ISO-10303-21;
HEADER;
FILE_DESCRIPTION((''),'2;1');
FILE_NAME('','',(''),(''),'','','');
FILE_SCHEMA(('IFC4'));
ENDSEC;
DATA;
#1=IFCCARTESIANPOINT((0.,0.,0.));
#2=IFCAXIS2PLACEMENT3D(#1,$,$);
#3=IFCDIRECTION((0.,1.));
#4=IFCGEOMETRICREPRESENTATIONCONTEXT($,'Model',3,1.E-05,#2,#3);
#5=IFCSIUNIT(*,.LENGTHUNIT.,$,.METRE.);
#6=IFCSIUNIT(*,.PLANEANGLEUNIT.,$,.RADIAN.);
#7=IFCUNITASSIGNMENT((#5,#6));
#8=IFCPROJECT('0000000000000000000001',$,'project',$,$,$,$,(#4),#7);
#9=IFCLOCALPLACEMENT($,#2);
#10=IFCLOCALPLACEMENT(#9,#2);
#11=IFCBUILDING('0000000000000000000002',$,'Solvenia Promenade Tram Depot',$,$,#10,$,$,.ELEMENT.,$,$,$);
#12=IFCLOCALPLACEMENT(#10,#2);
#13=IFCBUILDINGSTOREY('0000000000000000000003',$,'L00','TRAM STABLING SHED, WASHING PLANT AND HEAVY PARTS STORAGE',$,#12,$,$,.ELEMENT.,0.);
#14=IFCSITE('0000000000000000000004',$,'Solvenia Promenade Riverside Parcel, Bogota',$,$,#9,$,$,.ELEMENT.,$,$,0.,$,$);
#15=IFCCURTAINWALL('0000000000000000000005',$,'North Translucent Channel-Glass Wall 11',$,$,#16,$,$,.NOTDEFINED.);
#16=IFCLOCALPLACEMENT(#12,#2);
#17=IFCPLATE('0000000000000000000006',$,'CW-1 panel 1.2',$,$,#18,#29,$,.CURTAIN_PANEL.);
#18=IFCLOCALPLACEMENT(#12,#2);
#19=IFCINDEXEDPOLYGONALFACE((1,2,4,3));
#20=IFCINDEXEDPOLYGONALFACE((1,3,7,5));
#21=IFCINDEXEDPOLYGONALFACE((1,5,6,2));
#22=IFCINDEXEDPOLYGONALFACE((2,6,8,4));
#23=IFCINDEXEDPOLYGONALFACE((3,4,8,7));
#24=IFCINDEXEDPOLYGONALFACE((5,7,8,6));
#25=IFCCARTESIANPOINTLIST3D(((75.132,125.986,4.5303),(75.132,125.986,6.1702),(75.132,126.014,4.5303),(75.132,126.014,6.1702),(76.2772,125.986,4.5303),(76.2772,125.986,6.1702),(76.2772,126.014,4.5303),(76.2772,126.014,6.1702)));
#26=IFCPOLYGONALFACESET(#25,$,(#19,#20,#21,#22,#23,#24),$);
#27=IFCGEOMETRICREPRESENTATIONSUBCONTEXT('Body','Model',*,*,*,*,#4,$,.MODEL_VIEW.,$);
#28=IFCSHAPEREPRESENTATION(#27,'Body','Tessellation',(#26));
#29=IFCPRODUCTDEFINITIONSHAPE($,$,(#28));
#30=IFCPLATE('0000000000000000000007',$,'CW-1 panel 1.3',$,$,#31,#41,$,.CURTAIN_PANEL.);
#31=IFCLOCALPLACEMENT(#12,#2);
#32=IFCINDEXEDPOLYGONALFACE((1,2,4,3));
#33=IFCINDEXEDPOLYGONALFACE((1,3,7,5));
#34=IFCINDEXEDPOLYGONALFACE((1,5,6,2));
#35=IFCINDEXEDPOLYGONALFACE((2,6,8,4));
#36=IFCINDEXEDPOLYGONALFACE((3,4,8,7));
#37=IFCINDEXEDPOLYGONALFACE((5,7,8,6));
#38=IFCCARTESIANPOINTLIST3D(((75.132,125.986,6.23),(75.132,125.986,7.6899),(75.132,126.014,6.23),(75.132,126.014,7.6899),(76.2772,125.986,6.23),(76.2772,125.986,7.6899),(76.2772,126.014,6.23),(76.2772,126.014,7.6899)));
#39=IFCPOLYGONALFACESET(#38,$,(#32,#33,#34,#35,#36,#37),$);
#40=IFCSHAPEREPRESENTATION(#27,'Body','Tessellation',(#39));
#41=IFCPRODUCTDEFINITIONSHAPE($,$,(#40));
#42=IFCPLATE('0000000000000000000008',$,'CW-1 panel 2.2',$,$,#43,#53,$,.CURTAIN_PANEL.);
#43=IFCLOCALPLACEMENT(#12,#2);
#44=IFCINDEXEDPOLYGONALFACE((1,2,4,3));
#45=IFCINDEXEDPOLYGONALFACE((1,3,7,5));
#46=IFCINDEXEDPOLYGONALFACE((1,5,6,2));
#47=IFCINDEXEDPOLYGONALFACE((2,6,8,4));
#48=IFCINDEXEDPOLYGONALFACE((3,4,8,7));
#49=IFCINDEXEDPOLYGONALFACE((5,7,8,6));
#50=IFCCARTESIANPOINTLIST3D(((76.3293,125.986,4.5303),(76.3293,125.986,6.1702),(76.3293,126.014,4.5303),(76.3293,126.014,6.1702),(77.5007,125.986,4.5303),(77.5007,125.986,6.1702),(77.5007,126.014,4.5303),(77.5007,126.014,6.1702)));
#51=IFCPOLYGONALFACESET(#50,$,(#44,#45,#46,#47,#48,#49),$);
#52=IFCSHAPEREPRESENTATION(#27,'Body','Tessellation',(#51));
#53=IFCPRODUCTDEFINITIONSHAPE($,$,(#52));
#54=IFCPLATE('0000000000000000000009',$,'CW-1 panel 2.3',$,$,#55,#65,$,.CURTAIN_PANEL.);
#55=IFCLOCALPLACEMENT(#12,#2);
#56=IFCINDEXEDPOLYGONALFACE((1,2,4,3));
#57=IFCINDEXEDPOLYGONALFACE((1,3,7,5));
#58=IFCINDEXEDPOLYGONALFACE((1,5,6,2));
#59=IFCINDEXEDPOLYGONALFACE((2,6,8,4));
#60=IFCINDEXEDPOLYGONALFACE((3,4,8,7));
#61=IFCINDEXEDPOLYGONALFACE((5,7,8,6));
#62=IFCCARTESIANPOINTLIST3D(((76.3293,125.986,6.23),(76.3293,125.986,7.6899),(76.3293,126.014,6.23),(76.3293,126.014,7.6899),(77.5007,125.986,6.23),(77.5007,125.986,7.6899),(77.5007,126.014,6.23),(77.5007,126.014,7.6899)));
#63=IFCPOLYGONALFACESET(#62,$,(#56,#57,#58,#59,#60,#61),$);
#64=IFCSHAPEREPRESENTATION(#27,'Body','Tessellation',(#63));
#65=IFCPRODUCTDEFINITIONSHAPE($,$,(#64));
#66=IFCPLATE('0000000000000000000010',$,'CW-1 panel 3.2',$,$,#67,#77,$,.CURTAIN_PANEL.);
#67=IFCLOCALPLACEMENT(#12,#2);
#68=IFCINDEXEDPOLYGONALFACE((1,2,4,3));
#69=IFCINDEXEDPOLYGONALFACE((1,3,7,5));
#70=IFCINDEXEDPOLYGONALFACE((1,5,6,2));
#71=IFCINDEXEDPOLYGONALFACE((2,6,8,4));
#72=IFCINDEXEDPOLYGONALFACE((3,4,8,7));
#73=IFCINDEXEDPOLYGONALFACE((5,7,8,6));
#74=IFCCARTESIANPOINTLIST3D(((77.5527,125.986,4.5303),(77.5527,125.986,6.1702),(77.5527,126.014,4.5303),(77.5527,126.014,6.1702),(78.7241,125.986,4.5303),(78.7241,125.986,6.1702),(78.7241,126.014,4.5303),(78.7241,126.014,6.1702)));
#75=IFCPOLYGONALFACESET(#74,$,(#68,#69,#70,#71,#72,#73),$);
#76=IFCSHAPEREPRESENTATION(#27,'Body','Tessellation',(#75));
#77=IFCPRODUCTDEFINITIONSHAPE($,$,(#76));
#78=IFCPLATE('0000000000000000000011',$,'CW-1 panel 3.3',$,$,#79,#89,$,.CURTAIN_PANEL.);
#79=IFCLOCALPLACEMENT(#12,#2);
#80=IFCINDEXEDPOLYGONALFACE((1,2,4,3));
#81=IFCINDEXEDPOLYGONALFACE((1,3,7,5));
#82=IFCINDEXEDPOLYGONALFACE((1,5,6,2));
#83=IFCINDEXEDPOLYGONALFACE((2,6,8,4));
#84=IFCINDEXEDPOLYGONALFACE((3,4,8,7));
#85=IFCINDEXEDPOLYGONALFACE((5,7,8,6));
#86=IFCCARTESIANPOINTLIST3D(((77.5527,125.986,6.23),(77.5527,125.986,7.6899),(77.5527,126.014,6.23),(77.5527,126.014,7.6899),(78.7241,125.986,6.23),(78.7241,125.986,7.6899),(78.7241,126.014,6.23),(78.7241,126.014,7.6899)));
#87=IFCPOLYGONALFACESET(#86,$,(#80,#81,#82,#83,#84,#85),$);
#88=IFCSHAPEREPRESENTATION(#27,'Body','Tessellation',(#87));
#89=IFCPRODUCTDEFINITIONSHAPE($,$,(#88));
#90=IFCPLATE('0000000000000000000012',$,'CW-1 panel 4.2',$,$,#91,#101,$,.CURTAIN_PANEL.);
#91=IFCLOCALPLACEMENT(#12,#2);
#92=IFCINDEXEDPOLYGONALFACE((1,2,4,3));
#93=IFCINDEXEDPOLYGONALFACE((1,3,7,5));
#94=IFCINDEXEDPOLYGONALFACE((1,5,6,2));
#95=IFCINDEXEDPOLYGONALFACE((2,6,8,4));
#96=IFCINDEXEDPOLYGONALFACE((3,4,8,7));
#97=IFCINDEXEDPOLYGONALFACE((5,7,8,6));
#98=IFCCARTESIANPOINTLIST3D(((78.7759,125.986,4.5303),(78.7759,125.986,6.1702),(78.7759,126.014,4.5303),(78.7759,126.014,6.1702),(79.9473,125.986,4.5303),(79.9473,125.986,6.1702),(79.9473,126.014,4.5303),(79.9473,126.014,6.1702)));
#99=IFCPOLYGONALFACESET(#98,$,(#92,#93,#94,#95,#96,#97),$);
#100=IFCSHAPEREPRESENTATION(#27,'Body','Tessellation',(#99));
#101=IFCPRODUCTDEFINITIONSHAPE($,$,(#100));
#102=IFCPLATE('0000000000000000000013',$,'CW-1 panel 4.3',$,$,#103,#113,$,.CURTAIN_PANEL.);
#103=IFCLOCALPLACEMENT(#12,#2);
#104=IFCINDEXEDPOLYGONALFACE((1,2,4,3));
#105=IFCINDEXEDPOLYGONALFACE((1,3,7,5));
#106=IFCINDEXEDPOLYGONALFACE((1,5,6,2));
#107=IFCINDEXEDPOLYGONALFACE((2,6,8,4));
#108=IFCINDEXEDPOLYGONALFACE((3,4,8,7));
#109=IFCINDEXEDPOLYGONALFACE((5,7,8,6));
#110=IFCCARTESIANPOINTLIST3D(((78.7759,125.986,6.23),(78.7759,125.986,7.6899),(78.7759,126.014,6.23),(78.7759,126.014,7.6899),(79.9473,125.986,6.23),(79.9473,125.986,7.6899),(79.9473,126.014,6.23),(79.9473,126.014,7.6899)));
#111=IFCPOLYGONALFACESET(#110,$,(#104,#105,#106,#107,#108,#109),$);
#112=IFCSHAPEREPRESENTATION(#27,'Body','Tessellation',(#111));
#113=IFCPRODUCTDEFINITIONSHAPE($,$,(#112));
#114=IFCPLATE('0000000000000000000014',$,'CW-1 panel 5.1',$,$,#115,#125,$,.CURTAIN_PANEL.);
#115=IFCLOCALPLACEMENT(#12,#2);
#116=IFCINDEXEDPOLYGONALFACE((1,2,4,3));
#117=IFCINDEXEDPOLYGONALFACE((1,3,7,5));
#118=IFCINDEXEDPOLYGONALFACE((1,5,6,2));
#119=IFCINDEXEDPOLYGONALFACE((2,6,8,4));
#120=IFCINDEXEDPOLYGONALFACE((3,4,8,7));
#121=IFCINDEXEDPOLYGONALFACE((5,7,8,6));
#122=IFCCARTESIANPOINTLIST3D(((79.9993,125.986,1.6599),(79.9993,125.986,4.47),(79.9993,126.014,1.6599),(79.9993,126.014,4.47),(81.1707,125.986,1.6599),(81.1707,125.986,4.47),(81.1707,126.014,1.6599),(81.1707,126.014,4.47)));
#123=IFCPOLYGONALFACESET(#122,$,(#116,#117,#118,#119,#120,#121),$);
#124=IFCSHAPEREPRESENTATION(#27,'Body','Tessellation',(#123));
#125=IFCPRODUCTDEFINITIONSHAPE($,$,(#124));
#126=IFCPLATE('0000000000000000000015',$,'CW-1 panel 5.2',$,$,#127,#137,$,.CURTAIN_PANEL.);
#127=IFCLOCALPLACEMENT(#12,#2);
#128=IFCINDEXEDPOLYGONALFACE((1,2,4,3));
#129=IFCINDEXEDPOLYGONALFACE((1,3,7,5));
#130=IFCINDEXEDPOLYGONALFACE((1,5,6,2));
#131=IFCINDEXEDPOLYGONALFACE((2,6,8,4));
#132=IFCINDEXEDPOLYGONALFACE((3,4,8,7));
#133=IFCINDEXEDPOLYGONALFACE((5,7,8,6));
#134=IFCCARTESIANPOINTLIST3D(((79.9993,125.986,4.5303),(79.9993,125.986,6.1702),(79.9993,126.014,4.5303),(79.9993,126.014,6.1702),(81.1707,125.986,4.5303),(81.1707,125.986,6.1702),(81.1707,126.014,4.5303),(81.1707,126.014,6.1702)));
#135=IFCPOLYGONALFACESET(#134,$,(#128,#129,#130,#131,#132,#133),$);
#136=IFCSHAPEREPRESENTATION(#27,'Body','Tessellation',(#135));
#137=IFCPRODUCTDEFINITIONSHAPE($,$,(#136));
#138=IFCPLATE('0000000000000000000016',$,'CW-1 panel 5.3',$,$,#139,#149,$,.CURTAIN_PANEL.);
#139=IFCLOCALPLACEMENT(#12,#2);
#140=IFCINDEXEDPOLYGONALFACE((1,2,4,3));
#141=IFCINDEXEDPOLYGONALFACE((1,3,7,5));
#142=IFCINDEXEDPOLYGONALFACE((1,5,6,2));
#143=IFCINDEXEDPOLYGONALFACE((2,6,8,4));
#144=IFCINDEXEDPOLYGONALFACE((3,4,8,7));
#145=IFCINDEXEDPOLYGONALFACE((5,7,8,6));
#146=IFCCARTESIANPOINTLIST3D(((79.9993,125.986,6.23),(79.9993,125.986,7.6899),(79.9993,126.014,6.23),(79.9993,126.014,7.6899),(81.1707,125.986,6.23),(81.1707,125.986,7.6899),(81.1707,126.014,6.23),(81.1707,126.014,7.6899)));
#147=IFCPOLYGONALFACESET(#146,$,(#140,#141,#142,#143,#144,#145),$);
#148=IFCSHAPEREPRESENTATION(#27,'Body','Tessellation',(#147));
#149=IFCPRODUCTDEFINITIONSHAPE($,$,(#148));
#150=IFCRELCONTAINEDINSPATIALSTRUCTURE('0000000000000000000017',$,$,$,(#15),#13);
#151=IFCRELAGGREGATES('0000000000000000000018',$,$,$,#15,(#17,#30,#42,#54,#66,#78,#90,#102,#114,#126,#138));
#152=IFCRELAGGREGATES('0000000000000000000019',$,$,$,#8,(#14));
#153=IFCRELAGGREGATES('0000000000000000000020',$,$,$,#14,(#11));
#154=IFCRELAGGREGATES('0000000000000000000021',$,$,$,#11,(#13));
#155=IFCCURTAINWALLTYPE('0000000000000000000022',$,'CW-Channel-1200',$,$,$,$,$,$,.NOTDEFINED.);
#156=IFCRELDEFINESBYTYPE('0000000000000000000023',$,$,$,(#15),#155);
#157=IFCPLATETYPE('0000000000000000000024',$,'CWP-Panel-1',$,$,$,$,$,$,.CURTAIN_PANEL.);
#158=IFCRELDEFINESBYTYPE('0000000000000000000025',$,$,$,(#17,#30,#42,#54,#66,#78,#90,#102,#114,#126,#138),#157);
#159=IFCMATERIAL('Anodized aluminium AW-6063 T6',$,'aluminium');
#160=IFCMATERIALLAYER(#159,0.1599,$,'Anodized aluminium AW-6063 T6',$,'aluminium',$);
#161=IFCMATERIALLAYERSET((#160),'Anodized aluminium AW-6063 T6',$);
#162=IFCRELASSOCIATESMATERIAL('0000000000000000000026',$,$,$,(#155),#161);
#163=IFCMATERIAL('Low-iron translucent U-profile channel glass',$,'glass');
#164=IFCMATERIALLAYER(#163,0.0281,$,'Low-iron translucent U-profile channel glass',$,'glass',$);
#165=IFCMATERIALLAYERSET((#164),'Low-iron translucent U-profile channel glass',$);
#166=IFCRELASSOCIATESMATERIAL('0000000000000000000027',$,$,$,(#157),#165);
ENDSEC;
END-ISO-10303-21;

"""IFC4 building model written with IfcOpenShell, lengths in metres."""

from ifc_helpers import new_model, si_unit, direction, frame, origin, origin_2d, place, context, subcontext, project, spatial, rectangle, extrude, material, layer, layer_set, type_object, element, aggregate, save


model = new_model("IFC4")

# Units and contexts
model_context = context("Model", 3, precision=1e-05, world=origin(), true_north=direction((0.0, 1.0)))
body_context = subcontext(model_context, "Body", "Model", "MODEL_VIEW")
ifc_project = project(units=[si_unit("LENGTHUNIT", "METRE"), si_unit("PLANEANGLEUNIT", "RADIAN")], contexts=[model_context])

# Site, building, storey
site_placement = place(None, origin())
site = spatial("IfcSite", under=ifc_project, at=site_placement, Name="Solvenia Promenade Riverside Parcel, Bogota", CompositionType="ELEMENT", RefElevation=0.0)
building_placement = place(site_placement, origin())
building = spatial("IfcBuilding", under=site, at=building_placement, Name="Solvenia Promenade Tram Depot", CompositionType="ELEMENT")
storey_placement = place(building_placement, origin())
storey = spatial("IfcBuildingStorey", under=building, at=storey_placement, Name="L00", Description="TRAM STABLING SHED, WASHING PLANT AND HEAVY PARTS STORAGE", CompositionType="ELEMENT", Elevation=0.0)

# Curtain wall
ifc_material_1 = material(Name="Anodized aluminium AW-6063 T6", Category="aluminium")
ifc_layer_1 = layer(ifc_material_1, 0.1599, Name="Anodized aluminium AW-6063 T6", Category="aluminium")
ifc_layer_set_1 = layer_set([ifc_layer_1], Name="Anodized aluminium AW-6063 T6")
curtain_wall_type = type_object("IfcCurtainWallType", Name="CW-Channel-1200", PredefinedType="NOTDEFINED", material=ifc_layer_set_1)
curtain_wall_1_placement = place(storey_placement, origin())
curtain_wall_1 = element("IfcCurtainWall", 1, at=curtain_wall_1_placement, inside=storey, type_object=curtain_wall_type, Name="North Translucent Channel-Glass Wall 11", PredefinedType="NOTDEFINED")

# Plates
ifc_material_2 = material(Name="Low-iron translucent U-profile channel glass", Category="glass")
ifc_layer_2 = layer(ifc_material_2, 0.0281, Name="Low-iron translucent U-profile channel glass", Category="glass")
ifc_layer_set_2 = layer_set([ifc_layer_2], Name="Low-iron translucent U-profile channel glass")
plate_type = type_object("IfcPlateType", Name="CWP-Panel-1", PredefinedType="CURTAIN_PANEL", material=ifc_layer_set_2)
plate_1_placement = place(storey_placement, frame((75.7046, 126.0, 4.5303), z_axis=(0.0, 0.0, 1.0), x_axis=(1.0, 0.0, 0.0)))
plate_1 = element("IfcPlate", 2, at=plate_1_placement, type_object=plate_type, Name="CW-1 panel 1.2", PredefinedType="CURTAIN_PANEL", context=body_context, shape_type="SweptSolid", body=[
    extrude(rectangle(XDim=1.1453, YDim=0.0281, at=origin_2d()), origin(), (0.0, 0.0, 1.0), 1.6399),
])
plate_2_placement = place(storey_placement, frame((75.7046, 126.0, 6.23), z_axis=(0.0, 0.0, 1.0), x_axis=(1.0, 0.0, 0.0)))
plate_2 = element("IfcPlate", 3, at=plate_2_placement, type_object=plate_type, Name="CW-1 panel 1.3", PredefinedType="CURTAIN_PANEL", context=body_context, shape_type="SweptSolid", body=[
    extrude(rectangle(XDim=1.1453, YDim=0.0281, at=origin_2d()), origin(), (0.0, 0.0, 1.0), 1.46),
])
plate_3_placement = place(storey_placement, frame((76.915, 126.0, 4.5303), z_axis=(0.0, 0.0, 1.0), x_axis=(1.0, 0.0, 0.0)))
plate_3 = element("IfcPlate", 4, at=plate_3_placement, type_object=plate_type, Name="CW-1 panel 2.2", PredefinedType="CURTAIN_PANEL", context=body_context, shape_type="SweptSolid", body=[
    extrude(rectangle(XDim=1.1714, YDim=0.0281, at=origin_2d()), origin(), (0.0, 0.0, 1.0), 1.6399),
])
plate_4_placement = place(storey_placement, frame((76.915, 126.0, 6.23), z_axis=(0.0, 0.0, 1.0), x_axis=(1.0, 0.0, 0.0)))
plate_4 = element("IfcPlate", 5, at=plate_4_placement, type_object=plate_type, Name="CW-1 panel 2.3", PredefinedType="CURTAIN_PANEL", context=body_context, shape_type="SweptSolid", body=[
    extrude(rectangle(XDim=1.1714, YDim=0.0281, at=origin_2d()), origin(), (0.0, 0.0, 1.0), 1.46),
])
plate_5_placement = place(storey_placement, frame((78.1384, 126.0, 4.5303), z_axis=(0.0, 0.0, 1.0), x_axis=(1.0, 0.0, 0.0)))
plate_5 = element("IfcPlate", 6, at=plate_5_placement, type_object=plate_type, Name="CW-1 panel 3.2", PredefinedType="CURTAIN_PANEL", context=body_context, shape_type="SweptSolid", body=[
    extrude(rectangle(XDim=1.1714, YDim=0.0281, at=origin_2d()), origin(), (0.0, 0.0, 1.0), 1.6399),
])
plate_6_placement = place(storey_placement, frame((78.1384, 126.0, 6.23), z_axis=(0.0, 0.0, 1.0), x_axis=(1.0, 0.0, 0.0)))
plate_6 = element("IfcPlate", 7, at=plate_6_placement, type_object=plate_type, Name="CW-1 panel 3.3", PredefinedType="CURTAIN_PANEL", context=body_context, shape_type="SweptSolid", body=[
    extrude(rectangle(XDim=1.1714, YDim=0.0281, at=origin_2d()), origin(), (0.0, 0.0, 1.0), 1.46),
])
plate_7_placement = place(storey_placement, frame((79.3616, 126.0, 4.5303), z_axis=(0.0, 0.0, 1.0), x_axis=(1.0, 0.0, 0.0)))
plate_7 = element("IfcPlate", 8, at=plate_7_placement, type_object=plate_type, Name="CW-1 panel 4.2", PredefinedType="CURTAIN_PANEL", context=body_context, shape_type="SweptSolid", body=[
    extrude(rectangle(XDim=1.1714, YDim=0.0281, at=origin_2d()), origin(), (0.0, 0.0, 1.0), 1.6399),
])
plate_8_placement = place(storey_placement, frame((79.3616, 126.0, 6.23), z_axis=(0.0, 0.0, 1.0), x_axis=(1.0, 0.0, 0.0)))
plate_8 = element("IfcPlate", 9, at=plate_8_placement, type_object=plate_type, Name="CW-1 panel 4.3", PredefinedType="CURTAIN_PANEL", context=body_context, shape_type="SweptSolid", body=[
    extrude(rectangle(XDim=1.1714, YDim=0.0281, at=origin_2d()), origin(), (0.0, 0.0, 1.0), 1.46),
])
plate_9_placement = place(storey_placement, frame((80.585, 126.0, 1.6599), z_axis=(0.0, 0.0, 1.0), x_axis=(1.0, 0.0, 0.0)))
plate_9 = element("IfcPlate", 10, at=plate_9_placement, type_object=plate_type, Name="CW-1 panel 5.1", PredefinedType="CURTAIN_PANEL", context=body_context, shape_type="SweptSolid", body=[
    extrude(rectangle(XDim=1.1714, YDim=0.0281, at=origin_2d()), origin(), (0.0, 0.0, 1.0), 2.8101),
])
plate_10_placement = place(storey_placement, frame((80.585, 126.0, 4.5303), z_axis=(0.0, 0.0, 1.0), x_axis=(1.0, 0.0, 0.0)))
plate_10 = element("IfcPlate", 11, at=plate_10_placement, type_object=plate_type, Name="CW-1 panel 5.2", PredefinedType="CURTAIN_PANEL", context=body_context, shape_type="SweptSolid", body=[
    extrude(rectangle(XDim=1.1714, YDim=0.0281, at=origin_2d()), origin(), (0.0, 0.0, 1.0), 1.6399),
])
plate_11_placement = place(storey_placement, frame((80.585, 126.0, 6.23), z_axis=(0.0, 0.0, 1.0), x_axis=(1.0, 0.0, 0.0)))
plate_11 = element("IfcPlate", 12, at=plate_11_placement, type_object=plate_type, Name="CW-1 panel 5.3", PredefinedType="CURTAIN_PANEL", context=body_context, shape_type="SweptSolid", body=[
    extrude(rectangle(XDim=1.1714, YDim=0.0281, at=origin_2d()), origin(), (0.0, 0.0, 1.0), 1.46),
])
aggregate(curtain_wall_1, [plate_1, plate_2, plate_3, plate_4, plate_5, plate_6, plate_7, plate_8, plate_9, plate_10, plate_11])

save(model, "model.ifc")
